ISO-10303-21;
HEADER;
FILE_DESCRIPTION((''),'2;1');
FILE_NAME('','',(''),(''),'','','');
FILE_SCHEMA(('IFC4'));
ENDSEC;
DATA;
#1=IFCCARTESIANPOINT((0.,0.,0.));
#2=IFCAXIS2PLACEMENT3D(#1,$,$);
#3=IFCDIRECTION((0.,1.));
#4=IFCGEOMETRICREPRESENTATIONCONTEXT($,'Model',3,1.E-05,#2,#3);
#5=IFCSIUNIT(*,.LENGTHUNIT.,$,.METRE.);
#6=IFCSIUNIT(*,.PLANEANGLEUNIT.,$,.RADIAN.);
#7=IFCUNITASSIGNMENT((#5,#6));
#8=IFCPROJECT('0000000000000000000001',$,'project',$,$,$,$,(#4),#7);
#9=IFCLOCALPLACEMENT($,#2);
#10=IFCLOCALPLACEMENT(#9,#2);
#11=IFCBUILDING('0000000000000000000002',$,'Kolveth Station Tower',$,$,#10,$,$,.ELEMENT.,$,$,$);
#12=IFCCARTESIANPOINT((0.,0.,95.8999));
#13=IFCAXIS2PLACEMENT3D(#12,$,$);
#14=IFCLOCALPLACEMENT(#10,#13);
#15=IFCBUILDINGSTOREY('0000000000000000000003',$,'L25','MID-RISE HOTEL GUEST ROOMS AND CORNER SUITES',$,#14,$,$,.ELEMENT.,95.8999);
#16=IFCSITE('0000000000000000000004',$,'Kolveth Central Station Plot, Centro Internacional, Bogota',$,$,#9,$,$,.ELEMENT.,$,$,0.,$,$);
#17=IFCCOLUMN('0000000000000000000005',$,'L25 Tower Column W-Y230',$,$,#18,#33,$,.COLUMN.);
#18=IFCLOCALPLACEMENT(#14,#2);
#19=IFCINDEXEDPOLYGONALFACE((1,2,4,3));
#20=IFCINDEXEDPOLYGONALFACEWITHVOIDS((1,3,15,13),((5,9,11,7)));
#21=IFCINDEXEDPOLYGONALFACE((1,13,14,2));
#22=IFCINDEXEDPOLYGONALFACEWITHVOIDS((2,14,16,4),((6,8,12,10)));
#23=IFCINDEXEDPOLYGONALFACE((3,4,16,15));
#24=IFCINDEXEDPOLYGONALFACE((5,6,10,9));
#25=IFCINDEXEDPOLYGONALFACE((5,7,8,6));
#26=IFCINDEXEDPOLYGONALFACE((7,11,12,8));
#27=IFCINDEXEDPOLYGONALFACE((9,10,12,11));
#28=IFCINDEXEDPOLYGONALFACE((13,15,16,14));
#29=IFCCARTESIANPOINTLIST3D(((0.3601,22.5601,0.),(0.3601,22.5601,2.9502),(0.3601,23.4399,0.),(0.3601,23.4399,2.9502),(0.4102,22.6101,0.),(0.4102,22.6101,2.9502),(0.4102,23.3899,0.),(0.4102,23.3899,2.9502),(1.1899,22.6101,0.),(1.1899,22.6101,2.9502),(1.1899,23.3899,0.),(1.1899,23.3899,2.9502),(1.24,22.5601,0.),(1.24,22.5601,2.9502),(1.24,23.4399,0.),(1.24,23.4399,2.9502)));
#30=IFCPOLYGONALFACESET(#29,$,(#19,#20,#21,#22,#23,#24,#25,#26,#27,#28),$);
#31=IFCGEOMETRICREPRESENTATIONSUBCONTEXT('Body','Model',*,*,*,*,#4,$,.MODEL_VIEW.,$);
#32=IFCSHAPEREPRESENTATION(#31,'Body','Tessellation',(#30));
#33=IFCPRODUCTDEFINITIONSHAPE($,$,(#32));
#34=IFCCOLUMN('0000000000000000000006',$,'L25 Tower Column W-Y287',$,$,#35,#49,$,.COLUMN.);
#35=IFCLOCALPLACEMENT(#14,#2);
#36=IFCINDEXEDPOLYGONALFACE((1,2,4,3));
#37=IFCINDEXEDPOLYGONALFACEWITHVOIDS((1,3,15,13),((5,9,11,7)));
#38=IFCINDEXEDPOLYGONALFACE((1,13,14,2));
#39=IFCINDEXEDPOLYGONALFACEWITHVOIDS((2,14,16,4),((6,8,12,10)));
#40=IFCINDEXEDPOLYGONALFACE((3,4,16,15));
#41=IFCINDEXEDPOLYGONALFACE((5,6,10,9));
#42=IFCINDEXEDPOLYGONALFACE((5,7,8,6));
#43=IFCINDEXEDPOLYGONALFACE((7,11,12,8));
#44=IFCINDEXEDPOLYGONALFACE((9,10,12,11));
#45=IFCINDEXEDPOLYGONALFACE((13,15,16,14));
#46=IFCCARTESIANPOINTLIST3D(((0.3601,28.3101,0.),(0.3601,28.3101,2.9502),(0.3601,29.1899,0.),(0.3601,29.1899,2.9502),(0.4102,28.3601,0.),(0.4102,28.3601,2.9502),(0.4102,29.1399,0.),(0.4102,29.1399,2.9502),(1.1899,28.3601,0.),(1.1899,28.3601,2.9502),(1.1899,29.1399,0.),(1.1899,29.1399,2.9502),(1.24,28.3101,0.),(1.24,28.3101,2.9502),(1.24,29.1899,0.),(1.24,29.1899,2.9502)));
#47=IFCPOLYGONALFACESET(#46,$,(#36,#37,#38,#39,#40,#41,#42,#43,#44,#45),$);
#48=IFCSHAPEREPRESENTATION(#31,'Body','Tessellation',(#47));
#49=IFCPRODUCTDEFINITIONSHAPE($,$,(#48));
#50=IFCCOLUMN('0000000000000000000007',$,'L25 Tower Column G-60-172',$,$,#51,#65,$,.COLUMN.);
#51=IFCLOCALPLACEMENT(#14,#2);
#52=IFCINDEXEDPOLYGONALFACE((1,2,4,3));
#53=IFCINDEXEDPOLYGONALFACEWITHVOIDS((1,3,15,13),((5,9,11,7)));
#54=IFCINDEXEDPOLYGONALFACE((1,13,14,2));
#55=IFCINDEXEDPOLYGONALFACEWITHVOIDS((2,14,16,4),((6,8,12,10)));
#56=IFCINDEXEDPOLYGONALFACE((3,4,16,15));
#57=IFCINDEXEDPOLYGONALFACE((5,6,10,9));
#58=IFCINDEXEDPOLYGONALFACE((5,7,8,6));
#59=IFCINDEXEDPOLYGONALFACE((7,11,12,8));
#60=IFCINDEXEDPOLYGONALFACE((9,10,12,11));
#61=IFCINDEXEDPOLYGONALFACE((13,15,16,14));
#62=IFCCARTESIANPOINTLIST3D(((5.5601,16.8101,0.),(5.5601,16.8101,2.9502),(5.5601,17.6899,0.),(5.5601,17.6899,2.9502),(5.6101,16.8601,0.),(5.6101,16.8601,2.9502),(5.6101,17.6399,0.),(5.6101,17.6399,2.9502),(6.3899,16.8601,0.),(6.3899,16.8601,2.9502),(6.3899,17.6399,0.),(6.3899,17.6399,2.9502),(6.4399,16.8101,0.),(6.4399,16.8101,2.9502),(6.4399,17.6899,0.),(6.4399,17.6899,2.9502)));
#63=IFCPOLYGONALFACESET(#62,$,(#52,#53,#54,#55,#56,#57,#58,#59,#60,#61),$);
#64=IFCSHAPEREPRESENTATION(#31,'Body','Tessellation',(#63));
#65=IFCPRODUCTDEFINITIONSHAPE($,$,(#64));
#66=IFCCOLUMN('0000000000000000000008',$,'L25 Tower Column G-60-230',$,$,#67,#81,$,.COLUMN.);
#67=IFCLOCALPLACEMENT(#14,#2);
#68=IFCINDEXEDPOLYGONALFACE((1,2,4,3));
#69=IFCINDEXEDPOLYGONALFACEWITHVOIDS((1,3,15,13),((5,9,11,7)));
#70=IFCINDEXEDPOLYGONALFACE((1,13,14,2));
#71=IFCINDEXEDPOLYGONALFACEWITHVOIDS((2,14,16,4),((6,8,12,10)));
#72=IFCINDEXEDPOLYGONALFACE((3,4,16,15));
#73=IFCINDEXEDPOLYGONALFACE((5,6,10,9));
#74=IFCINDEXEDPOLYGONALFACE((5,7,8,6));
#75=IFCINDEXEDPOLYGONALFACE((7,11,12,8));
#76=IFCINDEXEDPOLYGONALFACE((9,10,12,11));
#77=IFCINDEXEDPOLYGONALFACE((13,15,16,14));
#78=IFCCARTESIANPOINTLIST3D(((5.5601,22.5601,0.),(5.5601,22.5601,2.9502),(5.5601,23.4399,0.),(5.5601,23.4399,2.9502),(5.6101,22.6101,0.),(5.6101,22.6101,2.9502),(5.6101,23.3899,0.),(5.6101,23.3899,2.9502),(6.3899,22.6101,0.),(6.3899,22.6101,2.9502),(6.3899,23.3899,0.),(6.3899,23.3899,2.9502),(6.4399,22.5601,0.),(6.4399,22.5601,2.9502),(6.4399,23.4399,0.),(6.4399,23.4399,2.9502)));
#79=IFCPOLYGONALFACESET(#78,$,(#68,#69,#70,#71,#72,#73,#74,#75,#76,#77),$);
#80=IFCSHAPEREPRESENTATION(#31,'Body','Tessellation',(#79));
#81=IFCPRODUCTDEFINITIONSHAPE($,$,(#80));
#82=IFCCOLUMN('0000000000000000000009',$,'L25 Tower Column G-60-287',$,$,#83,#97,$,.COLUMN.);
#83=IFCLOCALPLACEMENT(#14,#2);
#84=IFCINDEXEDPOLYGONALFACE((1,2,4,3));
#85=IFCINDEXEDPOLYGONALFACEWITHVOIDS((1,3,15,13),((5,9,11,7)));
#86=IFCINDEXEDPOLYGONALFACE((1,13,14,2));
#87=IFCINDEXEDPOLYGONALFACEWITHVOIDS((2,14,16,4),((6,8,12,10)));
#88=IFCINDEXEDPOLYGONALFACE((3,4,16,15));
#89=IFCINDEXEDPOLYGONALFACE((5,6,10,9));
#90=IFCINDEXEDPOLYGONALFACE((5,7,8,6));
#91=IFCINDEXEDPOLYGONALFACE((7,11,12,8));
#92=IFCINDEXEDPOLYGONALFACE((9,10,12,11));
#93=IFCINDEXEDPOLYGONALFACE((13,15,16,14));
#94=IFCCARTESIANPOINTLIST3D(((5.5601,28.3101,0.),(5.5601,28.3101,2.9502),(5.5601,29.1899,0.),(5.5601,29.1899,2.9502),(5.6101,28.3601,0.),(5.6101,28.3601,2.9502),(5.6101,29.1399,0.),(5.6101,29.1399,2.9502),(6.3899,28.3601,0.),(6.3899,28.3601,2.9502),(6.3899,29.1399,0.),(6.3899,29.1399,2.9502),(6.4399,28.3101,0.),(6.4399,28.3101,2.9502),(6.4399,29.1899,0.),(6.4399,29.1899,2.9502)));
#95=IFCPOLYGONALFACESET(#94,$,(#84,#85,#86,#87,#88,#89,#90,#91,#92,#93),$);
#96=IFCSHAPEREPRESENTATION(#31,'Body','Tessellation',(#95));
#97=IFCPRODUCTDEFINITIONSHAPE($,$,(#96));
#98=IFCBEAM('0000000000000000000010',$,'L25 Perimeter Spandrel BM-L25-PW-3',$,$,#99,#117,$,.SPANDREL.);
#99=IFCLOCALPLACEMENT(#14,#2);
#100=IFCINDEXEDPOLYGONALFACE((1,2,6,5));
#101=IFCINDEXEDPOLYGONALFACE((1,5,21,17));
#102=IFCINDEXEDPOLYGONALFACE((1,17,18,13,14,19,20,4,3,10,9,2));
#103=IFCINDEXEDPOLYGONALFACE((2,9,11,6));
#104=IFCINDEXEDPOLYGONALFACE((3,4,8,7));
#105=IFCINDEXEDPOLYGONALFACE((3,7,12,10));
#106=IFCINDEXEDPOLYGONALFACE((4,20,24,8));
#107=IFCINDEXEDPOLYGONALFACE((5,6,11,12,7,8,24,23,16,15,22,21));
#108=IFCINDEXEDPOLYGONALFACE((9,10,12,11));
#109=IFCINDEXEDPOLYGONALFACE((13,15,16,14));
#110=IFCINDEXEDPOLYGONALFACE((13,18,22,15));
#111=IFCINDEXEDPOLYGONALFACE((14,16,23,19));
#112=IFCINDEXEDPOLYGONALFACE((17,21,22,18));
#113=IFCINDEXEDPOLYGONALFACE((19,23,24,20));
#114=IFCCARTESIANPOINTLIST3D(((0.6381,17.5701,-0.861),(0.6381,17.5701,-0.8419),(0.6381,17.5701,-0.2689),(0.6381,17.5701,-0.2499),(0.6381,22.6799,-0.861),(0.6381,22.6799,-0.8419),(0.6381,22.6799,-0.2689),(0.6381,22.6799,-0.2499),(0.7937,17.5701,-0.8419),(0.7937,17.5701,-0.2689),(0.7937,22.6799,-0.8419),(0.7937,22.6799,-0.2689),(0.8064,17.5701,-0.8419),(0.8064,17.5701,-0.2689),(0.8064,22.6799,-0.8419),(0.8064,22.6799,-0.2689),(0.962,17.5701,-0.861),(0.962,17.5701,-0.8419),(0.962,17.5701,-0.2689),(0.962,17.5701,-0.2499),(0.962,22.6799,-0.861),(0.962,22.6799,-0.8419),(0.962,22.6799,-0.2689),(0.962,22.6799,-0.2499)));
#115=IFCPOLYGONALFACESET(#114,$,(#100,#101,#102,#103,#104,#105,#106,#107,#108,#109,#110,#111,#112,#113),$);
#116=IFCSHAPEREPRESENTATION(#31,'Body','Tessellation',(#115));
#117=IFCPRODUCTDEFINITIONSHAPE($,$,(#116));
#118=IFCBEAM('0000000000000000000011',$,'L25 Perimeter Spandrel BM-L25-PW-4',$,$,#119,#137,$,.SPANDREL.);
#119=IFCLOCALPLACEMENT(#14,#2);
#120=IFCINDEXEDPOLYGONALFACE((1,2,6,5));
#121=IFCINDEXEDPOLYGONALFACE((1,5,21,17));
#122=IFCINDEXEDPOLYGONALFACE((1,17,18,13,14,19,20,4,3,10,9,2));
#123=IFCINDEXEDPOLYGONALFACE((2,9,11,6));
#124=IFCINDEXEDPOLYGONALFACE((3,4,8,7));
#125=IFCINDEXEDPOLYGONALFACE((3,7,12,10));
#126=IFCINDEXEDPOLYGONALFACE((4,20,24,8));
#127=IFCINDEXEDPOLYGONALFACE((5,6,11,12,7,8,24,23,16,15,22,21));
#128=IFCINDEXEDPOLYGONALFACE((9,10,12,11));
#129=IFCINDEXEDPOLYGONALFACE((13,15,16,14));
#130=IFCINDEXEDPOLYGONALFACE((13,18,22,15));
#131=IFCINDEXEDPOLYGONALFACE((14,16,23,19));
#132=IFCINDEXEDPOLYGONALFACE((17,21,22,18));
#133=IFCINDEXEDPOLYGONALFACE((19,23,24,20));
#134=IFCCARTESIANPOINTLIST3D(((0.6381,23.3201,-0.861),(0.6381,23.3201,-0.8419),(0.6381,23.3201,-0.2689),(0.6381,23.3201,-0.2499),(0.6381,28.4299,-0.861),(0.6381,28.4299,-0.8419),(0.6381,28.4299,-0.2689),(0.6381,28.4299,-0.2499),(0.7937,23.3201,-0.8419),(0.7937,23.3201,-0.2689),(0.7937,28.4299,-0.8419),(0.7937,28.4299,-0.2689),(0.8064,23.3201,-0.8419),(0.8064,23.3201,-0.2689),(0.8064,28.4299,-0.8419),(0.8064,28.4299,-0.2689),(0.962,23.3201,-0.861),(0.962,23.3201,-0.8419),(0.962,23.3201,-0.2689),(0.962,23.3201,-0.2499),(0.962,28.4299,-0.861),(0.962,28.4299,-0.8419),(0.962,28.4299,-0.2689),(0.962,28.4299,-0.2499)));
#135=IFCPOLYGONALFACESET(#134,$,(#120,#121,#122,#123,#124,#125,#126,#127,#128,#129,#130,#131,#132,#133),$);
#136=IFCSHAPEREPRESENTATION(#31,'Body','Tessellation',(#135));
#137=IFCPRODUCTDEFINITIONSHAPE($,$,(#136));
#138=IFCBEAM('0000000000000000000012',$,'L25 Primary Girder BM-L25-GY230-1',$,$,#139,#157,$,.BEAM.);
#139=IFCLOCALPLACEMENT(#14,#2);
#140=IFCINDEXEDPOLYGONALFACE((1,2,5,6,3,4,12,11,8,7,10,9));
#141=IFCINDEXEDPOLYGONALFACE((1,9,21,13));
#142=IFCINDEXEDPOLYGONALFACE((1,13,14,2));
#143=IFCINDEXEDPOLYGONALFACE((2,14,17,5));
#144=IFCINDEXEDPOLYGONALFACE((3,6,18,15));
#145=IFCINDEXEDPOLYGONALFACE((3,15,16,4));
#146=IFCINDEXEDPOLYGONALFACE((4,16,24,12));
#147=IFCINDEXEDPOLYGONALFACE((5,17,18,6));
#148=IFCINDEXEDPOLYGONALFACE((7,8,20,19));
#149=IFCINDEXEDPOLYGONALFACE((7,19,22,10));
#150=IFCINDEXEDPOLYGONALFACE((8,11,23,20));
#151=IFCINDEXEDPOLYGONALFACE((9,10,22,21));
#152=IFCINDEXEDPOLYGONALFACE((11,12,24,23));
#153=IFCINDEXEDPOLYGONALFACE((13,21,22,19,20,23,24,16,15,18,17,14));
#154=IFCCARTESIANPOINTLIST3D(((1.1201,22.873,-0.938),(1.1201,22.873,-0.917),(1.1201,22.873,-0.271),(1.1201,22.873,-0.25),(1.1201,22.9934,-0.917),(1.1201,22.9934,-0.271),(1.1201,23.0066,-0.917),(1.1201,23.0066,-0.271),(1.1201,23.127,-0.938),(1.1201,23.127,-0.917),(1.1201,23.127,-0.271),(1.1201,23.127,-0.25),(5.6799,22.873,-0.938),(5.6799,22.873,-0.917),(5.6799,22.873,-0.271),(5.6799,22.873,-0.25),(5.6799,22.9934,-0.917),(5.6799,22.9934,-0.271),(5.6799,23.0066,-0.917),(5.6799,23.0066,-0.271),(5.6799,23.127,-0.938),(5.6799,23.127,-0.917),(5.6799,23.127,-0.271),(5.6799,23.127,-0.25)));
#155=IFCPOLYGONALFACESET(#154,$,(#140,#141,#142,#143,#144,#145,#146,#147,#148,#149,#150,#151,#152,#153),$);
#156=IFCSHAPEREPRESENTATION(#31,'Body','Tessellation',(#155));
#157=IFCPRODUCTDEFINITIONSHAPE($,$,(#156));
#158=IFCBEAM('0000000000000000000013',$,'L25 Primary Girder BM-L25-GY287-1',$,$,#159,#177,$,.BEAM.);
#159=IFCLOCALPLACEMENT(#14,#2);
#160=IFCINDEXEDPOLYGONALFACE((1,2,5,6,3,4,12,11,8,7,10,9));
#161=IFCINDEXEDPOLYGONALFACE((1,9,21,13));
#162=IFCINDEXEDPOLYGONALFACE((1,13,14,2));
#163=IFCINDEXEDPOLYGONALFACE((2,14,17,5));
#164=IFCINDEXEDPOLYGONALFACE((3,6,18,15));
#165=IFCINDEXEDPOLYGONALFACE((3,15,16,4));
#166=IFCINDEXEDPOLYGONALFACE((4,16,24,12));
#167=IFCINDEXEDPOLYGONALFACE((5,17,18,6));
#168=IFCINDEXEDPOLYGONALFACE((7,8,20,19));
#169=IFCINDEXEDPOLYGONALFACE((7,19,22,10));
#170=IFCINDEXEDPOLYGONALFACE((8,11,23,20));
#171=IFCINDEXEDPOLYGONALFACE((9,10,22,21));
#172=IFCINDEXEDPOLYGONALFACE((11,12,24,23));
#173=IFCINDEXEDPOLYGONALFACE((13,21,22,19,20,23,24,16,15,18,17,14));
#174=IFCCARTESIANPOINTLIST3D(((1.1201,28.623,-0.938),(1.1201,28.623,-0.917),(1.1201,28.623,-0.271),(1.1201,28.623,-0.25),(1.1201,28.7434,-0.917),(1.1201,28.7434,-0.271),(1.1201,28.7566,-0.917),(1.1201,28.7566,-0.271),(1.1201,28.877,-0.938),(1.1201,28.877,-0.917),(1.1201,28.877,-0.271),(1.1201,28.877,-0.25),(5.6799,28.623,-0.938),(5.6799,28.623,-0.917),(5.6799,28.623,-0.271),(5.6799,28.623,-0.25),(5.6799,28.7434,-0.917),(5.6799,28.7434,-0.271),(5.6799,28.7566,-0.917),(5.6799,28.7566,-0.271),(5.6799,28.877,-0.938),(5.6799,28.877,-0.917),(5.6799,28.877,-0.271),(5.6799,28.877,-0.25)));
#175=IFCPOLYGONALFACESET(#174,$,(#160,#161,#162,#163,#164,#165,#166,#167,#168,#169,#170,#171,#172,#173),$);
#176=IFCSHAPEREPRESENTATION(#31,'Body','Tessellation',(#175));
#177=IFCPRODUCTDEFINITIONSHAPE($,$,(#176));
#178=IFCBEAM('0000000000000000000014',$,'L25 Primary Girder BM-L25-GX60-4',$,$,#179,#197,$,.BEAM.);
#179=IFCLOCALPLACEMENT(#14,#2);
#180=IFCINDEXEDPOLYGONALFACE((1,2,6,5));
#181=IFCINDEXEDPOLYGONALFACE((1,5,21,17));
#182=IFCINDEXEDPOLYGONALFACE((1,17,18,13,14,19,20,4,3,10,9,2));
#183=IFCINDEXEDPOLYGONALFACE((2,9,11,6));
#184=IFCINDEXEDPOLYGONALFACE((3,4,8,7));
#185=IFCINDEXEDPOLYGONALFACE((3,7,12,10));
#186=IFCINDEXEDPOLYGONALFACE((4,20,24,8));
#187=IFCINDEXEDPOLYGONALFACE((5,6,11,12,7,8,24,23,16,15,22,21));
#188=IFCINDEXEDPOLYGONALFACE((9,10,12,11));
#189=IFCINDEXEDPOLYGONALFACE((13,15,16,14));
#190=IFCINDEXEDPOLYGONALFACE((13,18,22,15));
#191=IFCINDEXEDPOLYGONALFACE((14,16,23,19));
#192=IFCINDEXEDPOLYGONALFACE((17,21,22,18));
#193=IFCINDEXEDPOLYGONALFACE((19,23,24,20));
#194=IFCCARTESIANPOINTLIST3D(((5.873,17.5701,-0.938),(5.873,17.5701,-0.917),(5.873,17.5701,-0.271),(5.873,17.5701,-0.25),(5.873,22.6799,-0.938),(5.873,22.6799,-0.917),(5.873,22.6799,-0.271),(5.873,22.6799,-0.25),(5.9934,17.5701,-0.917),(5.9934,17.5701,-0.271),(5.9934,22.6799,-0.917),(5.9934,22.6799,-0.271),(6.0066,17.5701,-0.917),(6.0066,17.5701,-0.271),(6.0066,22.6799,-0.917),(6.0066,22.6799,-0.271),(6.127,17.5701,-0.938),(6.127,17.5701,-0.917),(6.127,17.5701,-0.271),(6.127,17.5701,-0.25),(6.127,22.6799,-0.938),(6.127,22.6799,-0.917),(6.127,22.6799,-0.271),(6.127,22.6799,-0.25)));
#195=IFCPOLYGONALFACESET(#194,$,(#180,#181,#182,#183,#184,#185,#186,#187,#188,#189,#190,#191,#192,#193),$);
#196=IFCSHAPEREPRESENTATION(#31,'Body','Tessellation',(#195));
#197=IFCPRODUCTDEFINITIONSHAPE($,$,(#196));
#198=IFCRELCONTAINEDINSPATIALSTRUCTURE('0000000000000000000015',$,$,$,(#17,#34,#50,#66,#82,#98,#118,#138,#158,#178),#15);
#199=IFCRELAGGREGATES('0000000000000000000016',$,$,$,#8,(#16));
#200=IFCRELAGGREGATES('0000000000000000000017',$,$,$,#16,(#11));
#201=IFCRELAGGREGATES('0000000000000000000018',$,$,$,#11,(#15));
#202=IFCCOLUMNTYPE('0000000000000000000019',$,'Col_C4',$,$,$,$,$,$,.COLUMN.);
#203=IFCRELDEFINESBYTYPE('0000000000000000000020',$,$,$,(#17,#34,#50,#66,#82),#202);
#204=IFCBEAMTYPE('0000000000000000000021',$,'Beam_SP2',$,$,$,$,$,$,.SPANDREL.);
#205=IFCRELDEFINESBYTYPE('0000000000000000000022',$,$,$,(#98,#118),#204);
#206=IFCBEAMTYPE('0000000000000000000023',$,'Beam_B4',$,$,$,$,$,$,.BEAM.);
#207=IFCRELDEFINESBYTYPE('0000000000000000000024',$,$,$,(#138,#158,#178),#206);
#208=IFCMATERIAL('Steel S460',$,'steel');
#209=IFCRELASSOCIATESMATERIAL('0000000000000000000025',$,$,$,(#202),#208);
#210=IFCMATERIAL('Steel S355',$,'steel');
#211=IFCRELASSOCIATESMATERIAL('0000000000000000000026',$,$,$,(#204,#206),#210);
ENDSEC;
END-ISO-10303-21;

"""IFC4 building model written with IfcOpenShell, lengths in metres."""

from ifc_helpers import new_model, si_unit, direction, frame, origin, origin_2d, place, context, subcontext, project, spatial, hollow_rectangle, i_section, extrude, source, transform, mapped, material, material_profile, profile_set, type_object, element, save


model = new_model("IFC4")

# Units and contexts
model_context = context("Model", 3, precision=1e-05, world=origin(), true_north=direction((0.0, 1.0)))
body_context = subcontext(model_context, "Body", "Model", "MODEL_VIEW")
ifc_project = project(units=[si_unit("LENGTHUNIT", "METRE"), si_unit("PLANEANGLEUNIT", "RADIAN")], contexts=[model_context])

# Site, building, storey
site_placement = place(None, origin())
site = spatial("IfcSite", under=ifc_project, at=site_placement, Name="Kolveth Central Station Plot, Centro Internacional, Bogota", CompositionType="ELEMENT", RefElevation=0.0)
building_placement = place(site_placement, origin())
building = spatial("IfcBuilding", under=site, at=building_placement, Name="Kolveth Station Tower", CompositionType="ELEMENT")
storey_placement = place(building_placement, frame((0.0, 0.0, 95.8999)))
storey = spatial("IfcBuildingStorey", under=building, at=storey_placement, Name="L25", Description="MID-RISE HOTEL GUEST ROOMS AND CORNER SUITES", CompositionType="ELEMENT", Elevation=95.8999)

# Columns
ifc_material_1 = material(Name="Steel S460", Category="steel")
ifc_material_profile_1 = material_profile(ifc_material_1, hollow_rectangle(XDim=0.8799, YDim=0.8799, WallThickness=0.05, at=origin_2d()), Name="BOX880x880x50")
ifc_profile_set_1 = profile_set([ifc_material_profile_1], Name="Steel S460")
column_type = type_object("IfcColumnType", Name="Col_C4", PredefinedType="COLUMN", material=ifc_profile_set_1)
shared_shape_1 = source(origin(), body_context, "Body", "SweptSolid", [
    extrude(hollow_rectangle(XDim=0.8799, YDim=0.8799, WallThickness=0.05, at=origin_2d()), origin(), (0.0, 0.0, 1.0), 2.9502),
])
for number, where, z_axis, x_axis, name in (
    (1, (0.8, 23.0, 0.0), (0.0, 0.0, 1.0), (1.0, 0.0, 0.0), "L25 Tower Column W-Y230"),
    (2, (0.8, 28.75, 0.0), (0.0, 0.0, 1.0), (1.0, 0.0, 0.0), "L25 Tower Column W-Y287"),
    (3, (6.0, 17.25, 0.0), (0.0, 0.0, 1.0), (1.0, 0.0, 0.0), "L25 Tower Column G-60-172"),
    (4, (6.0, 23.0, 0.0), (0.0, 0.0, 1.0), (1.0, 0.0, 0.0), "L25 Tower Column G-60-230"),
    (5, (6.0, 28.75, 0.0), (0.0, 0.0, 1.0), (1.0, 0.0, 0.0), "L25 Tower Column G-60-287"),
):
    element("IfcColumn", number, at=place(storey_placement, frame(where, z_axis=z_axis, x_axis=x_axis)), inside=storey, type_object=column_type, Name=name, PredefinedType="COLUMN", context=body_context, shape_type="MappedRepresentation", body=[
        mapped(shared_shape_1, transform((0.0, 0.0, 0.0), x_axis=(1.0, 0.0, 0.0), y_axis=(0.0, 1.0, 0.0), z_axis=(0.0, 0.0, 1.0), scale=1.0)),
    ])

# Beams
ifc_material_2 = material(Name="Steel S355", Category="steel")
ifc_material_profile_2 = material_profile(ifc_material_2, i_section(OverallWidth=0.324, OverallDepth=0.6111, WebThickness=0.0127, FlangeThickness=0.019, at=origin_2d()), Name="W610x155")
ifc_profile_set_2 = profile_set([ifc_material_profile_2], Name="Steel S355")
beam_type_1 = type_object("IfcBeamType", Name="Beam_SP2", PredefinedType="SPANDREL", material=ifc_profile_set_2)
shared_shape_2 = source(origin(), body_context, "Body", "SweptSolid", [
    extrude(i_section(OverallWidth=0.324, OverallDepth=0.6111, WebThickness=0.0127, FlangeThickness=0.019, at=origin_2d()), origin(), (0.0, 0.0, 1.0), 5.1099),
])
for number, where, z_axis, x_axis, name in (
    (6, (0.8, 17.5701, -0.5554), (0.0, 1.0, 0.0), (-1.0, 0.0, 0.0), "L25 Perimeter Spandrel BM-L25-PW-3"),
    (7, (0.8, 23.3201, -0.5554), (0.0, 1.0, 0.0), (-1.0, 0.0, 0.0), "L25 Perimeter Spandrel BM-L25-PW-4"),
):
    element("IfcBeam", number, at=place(storey_placement, frame(where, z_axis=z_axis, x_axis=x_axis)), inside=storey, type_object=beam_type_1, Name=name, PredefinedType="SPANDREL", context=body_context, shape_type="MappedRepresentation", body=[
        mapped(shared_shape_2, transform((0.0, 0.0, 0.0), x_axis=(1.0, 0.0, 0.0), y_axis=(0.0, 1.0, 0.0), z_axis=(0.0, 0.0, 1.0), scale=1.0)),
    ])
ifc_material_profile_3 = material_profile(ifc_material_2, i_section(OverallWidth=0.2539, OverallDepth=0.688, WebThickness=0.0132, FlangeThickness=0.021, at=origin_2d()), Name="W690x152")
ifc_profile_set_3 = profile_set([ifc_material_profile_3], Name="Steel S355")
beam_type_2 = type_object("IfcBeamType", Name="Beam_B4", PredefinedType="BEAM", material=ifc_profile_set_3)
shared_shape_3 = source(origin(), body_context, "Body", "SweptSolid", [
    extrude(i_section(OverallWidth=0.2539, OverallDepth=0.688, WebThickness=0.0132, FlangeThickness=0.021, at=origin_2d()), origin(), (0.0, 0.0, 1.0), 4.5598),
])
for number, where, z_axis, x_axis, name in (
    (8, (1.1201, 23.0, -0.594), (1.0, 0.0, 0.0), (0.0, 1.0, 0.0), "L25 Primary Girder BM-L25-GY230-1"),
    (9, (1.1201, 28.75, -0.594), (1.0, 0.0, 0.0), (0.0, 1.0, 0.0), "L25 Primary Girder BM-L25-GY287-1"),
):
    element("IfcBeam", number, at=place(storey_placement, frame(where, z_axis=z_axis, x_axis=x_axis)), inside=storey, type_object=beam_type_2, Name=name, PredefinedType="BEAM", context=body_context, shape_type="MappedRepresentation", body=[
        mapped(shared_shape_3, transform((0.0, 0.0, 0.0), x_axis=(1.0, 0.0, 0.0), y_axis=(0.0, 1.0, 0.0), z_axis=(0.0, 0.0, 1.0), scale=1.0)),
    ])
shared_shape_4 = source(origin(), body_context, "Body", "SweptSolid", [
    extrude(i_section(OverallWidth=0.2539, OverallDepth=0.688, WebThickness=0.0132, FlangeThickness=0.021, at=origin_2d()), origin(), (0.0, 0.0, 1.0), 5.1099),
])
for number, where, z_axis, x_axis, name in (
    (10, (6.0, 17.5701, -0.594), (0.0, 1.0, 0.0), (-1.0, 0.0, 0.0), "L25 Primary Girder BM-L25-GX60-4"),
):
    element("IfcBeam", number, at=place(storey_placement, frame(where, z_axis=z_axis, x_axis=x_axis)), inside=storey, type_object=beam_type_2, Name=name, PredefinedType="BEAM", context=body_context, shape_type="MappedRepresentation", body=[
        mapped(shared_shape_4, transform((0.0, 0.0, 0.0), x_axis=(1.0, 0.0, 0.0), y_axis=(0.0, 1.0, 0.0), z_axis=(0.0, 0.0, 1.0), scale=1.0)),
    ])

save(model, "model.ifc")
